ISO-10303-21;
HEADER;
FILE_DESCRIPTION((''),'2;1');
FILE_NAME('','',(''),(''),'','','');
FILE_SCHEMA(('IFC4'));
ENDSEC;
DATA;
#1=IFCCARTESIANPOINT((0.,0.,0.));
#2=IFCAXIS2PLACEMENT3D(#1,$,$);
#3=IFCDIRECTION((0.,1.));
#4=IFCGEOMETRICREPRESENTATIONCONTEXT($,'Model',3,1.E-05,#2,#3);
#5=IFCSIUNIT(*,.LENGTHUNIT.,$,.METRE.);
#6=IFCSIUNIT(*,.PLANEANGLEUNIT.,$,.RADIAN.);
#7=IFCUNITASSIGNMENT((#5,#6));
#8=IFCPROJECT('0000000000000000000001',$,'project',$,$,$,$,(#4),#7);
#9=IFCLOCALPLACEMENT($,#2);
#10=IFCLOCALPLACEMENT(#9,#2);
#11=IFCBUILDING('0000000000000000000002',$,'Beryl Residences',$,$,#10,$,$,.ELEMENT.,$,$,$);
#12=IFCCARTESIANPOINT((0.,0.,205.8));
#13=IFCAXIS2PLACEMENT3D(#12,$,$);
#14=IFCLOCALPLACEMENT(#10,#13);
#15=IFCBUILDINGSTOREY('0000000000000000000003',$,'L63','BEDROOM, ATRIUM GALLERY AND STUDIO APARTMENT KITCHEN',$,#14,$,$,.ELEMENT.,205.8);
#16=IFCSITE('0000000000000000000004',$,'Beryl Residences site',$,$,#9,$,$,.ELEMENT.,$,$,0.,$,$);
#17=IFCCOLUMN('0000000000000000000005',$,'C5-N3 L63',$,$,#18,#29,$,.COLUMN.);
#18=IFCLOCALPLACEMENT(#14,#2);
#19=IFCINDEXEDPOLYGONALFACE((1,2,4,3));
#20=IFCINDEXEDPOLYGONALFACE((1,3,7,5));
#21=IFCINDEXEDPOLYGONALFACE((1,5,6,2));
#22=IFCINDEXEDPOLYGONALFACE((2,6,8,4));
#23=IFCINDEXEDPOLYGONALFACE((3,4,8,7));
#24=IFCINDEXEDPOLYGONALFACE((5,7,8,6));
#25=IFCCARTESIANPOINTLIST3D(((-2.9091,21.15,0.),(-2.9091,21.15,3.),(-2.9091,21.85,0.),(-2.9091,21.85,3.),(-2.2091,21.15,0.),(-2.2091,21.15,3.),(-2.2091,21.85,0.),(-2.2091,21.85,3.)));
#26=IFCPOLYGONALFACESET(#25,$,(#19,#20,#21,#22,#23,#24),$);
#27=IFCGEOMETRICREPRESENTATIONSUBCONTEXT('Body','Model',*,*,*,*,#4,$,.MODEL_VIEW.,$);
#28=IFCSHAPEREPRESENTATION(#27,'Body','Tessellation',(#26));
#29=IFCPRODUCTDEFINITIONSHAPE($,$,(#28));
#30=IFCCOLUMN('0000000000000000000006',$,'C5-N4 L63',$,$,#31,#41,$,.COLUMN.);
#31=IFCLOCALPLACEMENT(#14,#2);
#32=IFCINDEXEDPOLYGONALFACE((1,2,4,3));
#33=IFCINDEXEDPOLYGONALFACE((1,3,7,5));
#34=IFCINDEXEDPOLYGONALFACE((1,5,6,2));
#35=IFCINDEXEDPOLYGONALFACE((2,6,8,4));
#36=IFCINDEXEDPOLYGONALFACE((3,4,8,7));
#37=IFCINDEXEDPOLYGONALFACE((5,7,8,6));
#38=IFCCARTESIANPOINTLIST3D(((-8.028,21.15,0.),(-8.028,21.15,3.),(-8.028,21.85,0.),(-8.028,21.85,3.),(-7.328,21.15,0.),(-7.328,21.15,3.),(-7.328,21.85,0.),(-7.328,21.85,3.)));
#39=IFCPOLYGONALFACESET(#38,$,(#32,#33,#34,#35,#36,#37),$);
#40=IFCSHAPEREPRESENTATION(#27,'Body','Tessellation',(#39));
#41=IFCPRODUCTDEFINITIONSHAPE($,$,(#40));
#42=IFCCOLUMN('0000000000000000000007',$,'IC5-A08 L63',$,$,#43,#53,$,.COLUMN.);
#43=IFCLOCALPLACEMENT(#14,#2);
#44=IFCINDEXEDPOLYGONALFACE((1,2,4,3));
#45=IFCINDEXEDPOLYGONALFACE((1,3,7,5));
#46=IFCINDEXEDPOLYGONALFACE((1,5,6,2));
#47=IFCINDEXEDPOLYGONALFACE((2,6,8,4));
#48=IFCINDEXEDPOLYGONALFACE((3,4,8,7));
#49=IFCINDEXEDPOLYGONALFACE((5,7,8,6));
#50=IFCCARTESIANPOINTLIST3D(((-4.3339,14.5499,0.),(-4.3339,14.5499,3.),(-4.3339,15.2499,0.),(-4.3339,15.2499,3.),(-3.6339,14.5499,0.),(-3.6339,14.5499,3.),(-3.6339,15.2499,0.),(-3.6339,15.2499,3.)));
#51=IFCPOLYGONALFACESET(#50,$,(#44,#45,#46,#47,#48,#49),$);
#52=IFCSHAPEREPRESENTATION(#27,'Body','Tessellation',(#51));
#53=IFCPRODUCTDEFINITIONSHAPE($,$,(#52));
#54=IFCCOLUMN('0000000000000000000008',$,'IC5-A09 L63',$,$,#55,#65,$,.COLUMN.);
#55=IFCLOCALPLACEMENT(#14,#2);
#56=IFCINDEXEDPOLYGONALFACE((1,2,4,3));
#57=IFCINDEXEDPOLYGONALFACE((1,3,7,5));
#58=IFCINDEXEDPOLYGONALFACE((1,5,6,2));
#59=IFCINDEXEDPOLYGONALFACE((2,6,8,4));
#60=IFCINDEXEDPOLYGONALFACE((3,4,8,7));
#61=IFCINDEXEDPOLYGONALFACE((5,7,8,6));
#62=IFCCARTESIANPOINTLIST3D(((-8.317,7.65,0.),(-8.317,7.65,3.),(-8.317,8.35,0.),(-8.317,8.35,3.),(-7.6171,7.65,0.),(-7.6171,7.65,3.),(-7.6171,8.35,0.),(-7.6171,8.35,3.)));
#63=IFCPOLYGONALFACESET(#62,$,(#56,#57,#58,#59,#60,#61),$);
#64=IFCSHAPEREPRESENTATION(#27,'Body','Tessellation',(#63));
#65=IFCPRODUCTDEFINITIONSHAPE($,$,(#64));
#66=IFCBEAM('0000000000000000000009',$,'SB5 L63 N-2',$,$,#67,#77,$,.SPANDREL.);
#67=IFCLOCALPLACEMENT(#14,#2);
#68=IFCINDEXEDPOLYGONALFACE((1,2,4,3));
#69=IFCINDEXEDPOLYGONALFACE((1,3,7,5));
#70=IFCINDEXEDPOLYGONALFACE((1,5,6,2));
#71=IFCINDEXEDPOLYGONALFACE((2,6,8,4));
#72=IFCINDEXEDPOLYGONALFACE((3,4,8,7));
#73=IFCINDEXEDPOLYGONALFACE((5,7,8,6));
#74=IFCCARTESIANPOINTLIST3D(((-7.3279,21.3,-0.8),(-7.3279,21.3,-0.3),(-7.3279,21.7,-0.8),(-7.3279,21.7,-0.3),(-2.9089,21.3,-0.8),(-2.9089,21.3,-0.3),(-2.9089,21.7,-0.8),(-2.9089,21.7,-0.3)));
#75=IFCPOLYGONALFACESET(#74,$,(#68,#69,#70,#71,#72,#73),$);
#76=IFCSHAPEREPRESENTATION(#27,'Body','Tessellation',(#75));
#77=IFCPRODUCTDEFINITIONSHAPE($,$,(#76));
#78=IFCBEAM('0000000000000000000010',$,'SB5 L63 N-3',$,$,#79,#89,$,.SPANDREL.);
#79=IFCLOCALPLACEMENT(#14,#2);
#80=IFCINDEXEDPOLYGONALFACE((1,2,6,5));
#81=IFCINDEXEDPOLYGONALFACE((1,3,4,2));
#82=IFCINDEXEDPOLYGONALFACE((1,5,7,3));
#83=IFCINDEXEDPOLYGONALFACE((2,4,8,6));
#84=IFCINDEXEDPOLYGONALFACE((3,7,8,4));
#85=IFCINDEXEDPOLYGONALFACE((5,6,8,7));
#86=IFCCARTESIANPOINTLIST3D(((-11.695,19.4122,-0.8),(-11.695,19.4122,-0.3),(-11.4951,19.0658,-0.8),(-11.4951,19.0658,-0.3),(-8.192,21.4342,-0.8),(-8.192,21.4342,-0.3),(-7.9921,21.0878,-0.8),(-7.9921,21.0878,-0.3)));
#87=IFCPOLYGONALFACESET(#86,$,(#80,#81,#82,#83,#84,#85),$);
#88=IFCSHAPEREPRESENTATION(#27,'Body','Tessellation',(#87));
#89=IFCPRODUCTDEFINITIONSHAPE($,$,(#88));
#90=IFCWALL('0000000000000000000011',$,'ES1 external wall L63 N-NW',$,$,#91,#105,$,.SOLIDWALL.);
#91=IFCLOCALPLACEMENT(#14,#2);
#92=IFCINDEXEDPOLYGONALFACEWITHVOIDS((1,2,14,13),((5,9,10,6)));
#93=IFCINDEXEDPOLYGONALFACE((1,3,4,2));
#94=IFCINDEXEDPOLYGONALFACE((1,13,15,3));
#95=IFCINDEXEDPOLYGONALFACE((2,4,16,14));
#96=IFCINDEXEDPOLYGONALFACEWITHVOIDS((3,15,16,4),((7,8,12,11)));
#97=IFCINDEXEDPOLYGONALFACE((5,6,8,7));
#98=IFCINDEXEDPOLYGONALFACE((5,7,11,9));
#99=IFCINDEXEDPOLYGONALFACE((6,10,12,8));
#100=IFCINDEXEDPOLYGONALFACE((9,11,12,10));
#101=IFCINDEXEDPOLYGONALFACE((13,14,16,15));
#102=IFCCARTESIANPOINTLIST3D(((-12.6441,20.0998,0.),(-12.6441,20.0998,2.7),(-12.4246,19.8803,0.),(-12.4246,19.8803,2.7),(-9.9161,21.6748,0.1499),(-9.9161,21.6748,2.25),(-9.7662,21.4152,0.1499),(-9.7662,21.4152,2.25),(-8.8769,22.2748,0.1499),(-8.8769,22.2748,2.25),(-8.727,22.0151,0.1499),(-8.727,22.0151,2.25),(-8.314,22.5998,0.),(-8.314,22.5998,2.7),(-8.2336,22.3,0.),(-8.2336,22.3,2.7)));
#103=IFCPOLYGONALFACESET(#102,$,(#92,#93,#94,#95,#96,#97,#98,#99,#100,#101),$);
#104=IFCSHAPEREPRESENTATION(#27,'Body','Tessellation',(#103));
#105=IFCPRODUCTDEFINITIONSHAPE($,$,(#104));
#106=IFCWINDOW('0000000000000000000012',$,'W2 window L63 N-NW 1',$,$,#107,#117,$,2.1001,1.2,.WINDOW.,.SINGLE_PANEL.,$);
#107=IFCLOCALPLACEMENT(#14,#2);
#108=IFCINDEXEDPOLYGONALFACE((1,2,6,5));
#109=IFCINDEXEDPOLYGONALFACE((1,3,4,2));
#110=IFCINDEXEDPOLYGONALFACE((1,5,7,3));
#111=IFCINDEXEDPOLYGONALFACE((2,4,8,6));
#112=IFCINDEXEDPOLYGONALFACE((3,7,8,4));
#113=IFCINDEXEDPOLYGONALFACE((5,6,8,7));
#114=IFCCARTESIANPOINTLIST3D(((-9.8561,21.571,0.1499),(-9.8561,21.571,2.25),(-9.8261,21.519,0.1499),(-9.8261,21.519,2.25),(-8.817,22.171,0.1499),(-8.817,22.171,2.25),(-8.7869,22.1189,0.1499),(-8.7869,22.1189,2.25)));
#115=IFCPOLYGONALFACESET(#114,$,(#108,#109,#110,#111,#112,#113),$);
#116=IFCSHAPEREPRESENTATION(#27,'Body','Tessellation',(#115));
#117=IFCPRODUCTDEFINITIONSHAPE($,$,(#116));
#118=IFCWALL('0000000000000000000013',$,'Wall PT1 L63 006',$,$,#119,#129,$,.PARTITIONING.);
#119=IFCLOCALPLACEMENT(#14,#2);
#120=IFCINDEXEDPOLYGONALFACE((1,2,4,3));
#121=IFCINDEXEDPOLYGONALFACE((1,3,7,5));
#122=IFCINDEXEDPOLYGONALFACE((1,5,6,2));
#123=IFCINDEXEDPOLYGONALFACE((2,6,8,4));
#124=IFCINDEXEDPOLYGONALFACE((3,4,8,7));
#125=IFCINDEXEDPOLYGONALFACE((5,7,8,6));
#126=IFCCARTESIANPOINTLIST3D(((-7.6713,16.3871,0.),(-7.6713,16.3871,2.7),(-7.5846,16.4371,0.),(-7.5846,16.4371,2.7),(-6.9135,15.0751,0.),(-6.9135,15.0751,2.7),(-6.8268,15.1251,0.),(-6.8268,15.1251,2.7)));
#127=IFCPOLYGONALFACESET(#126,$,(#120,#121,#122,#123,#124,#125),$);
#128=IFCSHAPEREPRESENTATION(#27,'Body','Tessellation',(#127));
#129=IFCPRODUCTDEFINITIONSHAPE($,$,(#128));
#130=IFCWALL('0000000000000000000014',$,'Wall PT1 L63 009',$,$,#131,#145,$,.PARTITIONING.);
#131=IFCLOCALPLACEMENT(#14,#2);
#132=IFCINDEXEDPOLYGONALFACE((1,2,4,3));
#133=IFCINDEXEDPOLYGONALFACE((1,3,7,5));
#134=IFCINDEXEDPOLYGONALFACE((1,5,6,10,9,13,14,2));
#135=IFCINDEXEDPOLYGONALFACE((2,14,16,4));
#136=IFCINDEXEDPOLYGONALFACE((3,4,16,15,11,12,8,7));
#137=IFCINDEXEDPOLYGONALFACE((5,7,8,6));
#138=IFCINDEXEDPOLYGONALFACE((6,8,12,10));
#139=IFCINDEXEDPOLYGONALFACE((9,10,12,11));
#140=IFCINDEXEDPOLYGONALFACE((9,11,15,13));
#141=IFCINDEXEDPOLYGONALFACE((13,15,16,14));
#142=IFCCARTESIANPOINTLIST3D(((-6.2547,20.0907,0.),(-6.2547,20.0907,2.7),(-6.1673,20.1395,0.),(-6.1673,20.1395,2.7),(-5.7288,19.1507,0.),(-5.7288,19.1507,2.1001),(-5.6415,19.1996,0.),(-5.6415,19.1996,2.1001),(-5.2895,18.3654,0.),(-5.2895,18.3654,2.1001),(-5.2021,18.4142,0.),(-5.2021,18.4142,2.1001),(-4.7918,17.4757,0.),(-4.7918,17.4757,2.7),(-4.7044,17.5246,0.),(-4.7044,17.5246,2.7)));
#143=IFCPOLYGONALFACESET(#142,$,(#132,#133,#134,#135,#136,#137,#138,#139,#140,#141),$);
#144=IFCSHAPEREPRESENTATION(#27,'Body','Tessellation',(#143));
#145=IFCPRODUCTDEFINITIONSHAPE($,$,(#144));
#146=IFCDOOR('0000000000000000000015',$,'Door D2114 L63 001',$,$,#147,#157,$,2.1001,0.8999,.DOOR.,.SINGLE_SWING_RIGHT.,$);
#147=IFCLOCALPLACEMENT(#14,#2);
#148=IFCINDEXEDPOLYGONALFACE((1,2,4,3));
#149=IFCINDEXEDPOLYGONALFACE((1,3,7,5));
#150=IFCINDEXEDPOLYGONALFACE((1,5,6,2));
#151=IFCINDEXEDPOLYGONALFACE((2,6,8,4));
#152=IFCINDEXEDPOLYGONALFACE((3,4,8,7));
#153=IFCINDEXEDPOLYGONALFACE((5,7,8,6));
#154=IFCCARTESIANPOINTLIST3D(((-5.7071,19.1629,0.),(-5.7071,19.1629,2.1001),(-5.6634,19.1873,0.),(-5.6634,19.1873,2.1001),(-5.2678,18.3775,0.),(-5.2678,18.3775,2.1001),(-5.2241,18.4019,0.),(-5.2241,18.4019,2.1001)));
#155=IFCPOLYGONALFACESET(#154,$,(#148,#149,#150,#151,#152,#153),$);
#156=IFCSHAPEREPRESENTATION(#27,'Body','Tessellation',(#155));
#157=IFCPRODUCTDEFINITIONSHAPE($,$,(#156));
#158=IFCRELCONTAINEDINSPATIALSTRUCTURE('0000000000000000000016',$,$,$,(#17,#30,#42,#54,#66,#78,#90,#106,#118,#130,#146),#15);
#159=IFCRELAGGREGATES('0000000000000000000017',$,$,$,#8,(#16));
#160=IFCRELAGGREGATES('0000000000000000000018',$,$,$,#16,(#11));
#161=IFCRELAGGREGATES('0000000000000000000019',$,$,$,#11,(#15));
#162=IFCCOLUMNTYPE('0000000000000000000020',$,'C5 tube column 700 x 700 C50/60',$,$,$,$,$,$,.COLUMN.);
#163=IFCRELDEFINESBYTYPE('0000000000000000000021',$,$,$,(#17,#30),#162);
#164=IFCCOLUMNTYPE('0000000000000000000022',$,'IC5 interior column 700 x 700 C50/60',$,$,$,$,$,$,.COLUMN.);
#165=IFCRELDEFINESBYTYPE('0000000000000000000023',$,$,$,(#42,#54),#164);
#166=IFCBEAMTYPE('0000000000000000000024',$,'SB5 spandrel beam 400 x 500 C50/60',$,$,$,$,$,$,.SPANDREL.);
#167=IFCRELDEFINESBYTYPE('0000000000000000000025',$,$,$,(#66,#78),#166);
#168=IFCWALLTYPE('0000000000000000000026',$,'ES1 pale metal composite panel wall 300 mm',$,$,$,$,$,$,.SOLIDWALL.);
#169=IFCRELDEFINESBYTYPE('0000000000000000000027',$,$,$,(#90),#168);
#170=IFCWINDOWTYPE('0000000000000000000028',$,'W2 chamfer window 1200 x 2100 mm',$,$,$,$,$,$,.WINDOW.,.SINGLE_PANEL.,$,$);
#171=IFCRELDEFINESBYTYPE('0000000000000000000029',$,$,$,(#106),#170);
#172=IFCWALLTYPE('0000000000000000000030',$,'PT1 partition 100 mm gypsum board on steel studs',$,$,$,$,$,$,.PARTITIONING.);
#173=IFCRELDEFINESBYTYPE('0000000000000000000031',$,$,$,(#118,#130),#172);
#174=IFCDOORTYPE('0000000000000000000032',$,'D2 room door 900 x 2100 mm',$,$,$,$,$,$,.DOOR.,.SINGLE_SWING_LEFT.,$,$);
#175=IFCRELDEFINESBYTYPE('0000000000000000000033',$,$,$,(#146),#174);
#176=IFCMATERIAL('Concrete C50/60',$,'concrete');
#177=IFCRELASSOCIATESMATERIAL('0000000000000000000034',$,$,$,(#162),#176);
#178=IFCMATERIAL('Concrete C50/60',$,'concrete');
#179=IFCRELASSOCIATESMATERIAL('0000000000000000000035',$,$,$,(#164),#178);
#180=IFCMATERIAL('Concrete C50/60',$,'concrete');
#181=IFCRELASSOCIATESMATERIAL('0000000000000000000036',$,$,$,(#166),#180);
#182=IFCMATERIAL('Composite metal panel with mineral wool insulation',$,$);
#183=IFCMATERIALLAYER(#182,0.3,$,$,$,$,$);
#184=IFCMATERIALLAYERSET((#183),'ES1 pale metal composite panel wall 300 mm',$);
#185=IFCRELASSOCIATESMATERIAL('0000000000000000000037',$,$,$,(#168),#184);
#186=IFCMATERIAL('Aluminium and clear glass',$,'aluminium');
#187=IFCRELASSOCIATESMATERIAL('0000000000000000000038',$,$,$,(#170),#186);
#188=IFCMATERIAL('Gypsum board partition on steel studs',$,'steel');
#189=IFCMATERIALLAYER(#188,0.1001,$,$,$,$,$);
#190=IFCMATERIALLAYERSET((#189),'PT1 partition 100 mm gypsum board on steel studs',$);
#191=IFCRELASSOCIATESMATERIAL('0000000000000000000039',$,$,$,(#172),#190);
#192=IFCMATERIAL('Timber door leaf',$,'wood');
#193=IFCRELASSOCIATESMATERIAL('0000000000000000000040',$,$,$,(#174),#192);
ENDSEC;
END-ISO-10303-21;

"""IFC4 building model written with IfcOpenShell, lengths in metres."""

from ifc_helpers import new_model, si_unit, direction, frame, frame_2d, origin, origin_2d, place, context, subcontext, project, spatial, polyline, rectangle, outline, extrude, material, layer, layer_set, material_profile, profile_set, type_object, element, fill, save


model = new_model("IFC4")

# Units and contexts
model_context = context("Model", 3, precision=1e-05, world=origin(), true_north=direction((0.0, 1.0)))
body_context = subcontext(model_context, "Body", "Model", "MODEL_VIEW")
ifc_project = project(units=[si_unit("LENGTHUNIT", "METRE"), si_unit("PLANEANGLEUNIT", "RADIAN")], contexts=[model_context])

# Site, building, storey
site_placement = place(None, origin())
site = spatial("IfcSite", under=ifc_project, at=site_placement, Name="Beryl Residences site", CompositionType="ELEMENT", RefElevation=0.0)
building_placement = place(site_placement, origin())
building = spatial("IfcBuilding", under=site, at=building_placement, Name="Beryl Residences", CompositionType="ELEMENT")
storey_placement = place(building_placement, frame((0.0, 0.0, 205.8)))
storey = spatial("IfcBuildingStorey", under=building, at=storey_placement, Name="L63", Description="BEDROOM, ATRIUM GALLERY AND STUDIO APARTMENT KITCHEN", CompositionType="ELEMENT", Elevation=205.8)

# Columns
ifc_material_1 = material(Name="Concrete C50/60", Category="concrete")
ifc_material_profile_1 = material_profile(ifc_material_1, rectangle(XDim=0.7, YDim=0.7, at=origin_2d()))
ifc_profile_set_1 = profile_set([ifc_material_profile_1], Name="Concrete C50/60")
column_type_1 = type_object("IfcColumnType", Name="C5 tube column 700 x 700 C50/60", PredefinedType="COLUMN", material=ifc_profile_set_1)
for number, where, z_axis, x_axis, name in (
    (1, (-2.5591, 21.5, 0.0), (0.0, 0.0, 1.0), (-1.0, 0.0, 0.0), "C5-N3 L63"),
    (2, (-7.678, 21.5, 0.0), (0.0, 0.0, 1.0), (-1.0, 0.0, 0.0), "C5-N4 L63"),
):
    element("IfcColumn", number, at=place(storey_placement, frame(where, z_axis=z_axis, x_axis=x_axis)), inside=storey, type_object=column_type_1, Name=name, PredefinedType="COLUMN", context=body_context, shape_type="SweptSolid", body=[
        extrude(rectangle(XDim=0.7, YDim=0.7, at=origin_2d()), origin(), (0.0, 0.0, 1.0), 3.0),
    ])
ifc_material_2 = material(Name="Concrete C50/60", Category="concrete")
ifc_material_profile_2 = material_profile(ifc_material_2, rectangle(XDim=0.7, YDim=0.7, at=origin_2d()))
ifc_profile_set_2 = profile_set([ifc_material_profile_2], Name="Concrete C50/60")
column_type_2 = type_object("IfcColumnType", Name="IC5 interior column 700 x 700 C50/60", PredefinedType="COLUMN", material=ifc_profile_set_2)
for number, where, z_axis, x_axis, name in (
    (3, (-3.9839, 14.8999, 0.0), (0.0, 0.0, 1.0), (1.0, 0.0, 0.0), "IC5-A08 L63"),
    (4, (-7.967, 8.0, 0.0), (0.0, 0.0, 1.0), (1.0, 0.0, 0.0), "IC5-A09 L63"),
):
    element("IfcColumn", number, at=place(storey_placement, frame(where, z_axis=z_axis, x_axis=x_axis)), inside=storey, type_object=column_type_2, Name=name, PredefinedType="COLUMN", context=body_context, shape_type="SweptSolid", body=[
        extrude(rectangle(XDim=0.7, YDim=0.7, at=origin_2d()), origin(), (0.0, 0.0, 1.0), 3.0),
    ])

# Beams
ifc_material_3 = material(Name="Concrete C50/60", Category="concrete")
ifc_material_profile_3 = material_profile(ifc_material_3, rectangle(XDim=0.3999, YDim=0.5, at=origin_2d()))
ifc_profile_set_3 = profile_set([ifc_material_profile_3], Name="Concrete C50/60")
beam_type = type_object("IfcBeamType", Name="SB5 spandrel beam 400 x 500 C50/60", PredefinedType="SPANDREL", material=ifc_profile_set_3)
beam_1_placement = place(storey_placement, frame((-2.9089, 21.5, -0.55), z_axis=(-1.0, 0.0, 0.0), x_axis=(0.0, -1.0, 0.0)))
element("IfcBeam", 5, at=beam_1_placement, inside=storey, type_object=beam_type, Name="SB5 L63 N-2", PredefinedType="SPANDREL", context=body_context, shape_type="SweptSolid", body=[
    extrude(rectangle(XDim=0.3999, YDim=0.5, at=origin_2d()), origin(), (0.0, 0.0, 1.0), 4.4189),
])
beam_2_placement = place(storey_placement, frame((-8.092, 21.261, -0.55), z_axis=(-0.866073, -0.499918, 0.0), x_axis=(0.499918, -0.866073, 0.0)))
element("IfcBeam", 6, at=beam_2_placement, inside=storey, type_object=beam_type, Name="SB5 L63 N-3", PredefinedType="SPANDREL", context=body_context, shape_type="SweptSolid", body=[
    extrude(rectangle(XDim=0.3999, YDim=0.5, at=origin_2d()), origin(), (0.0, 0.0, 1.0), 4.0447),
])

# Wall, opening, window
ifc_material_4 = material(Name="Composite metal panel with mineral wool insulation")
ifc_layer_1 = layer(ifc_material_4, 0.3)
ifc_layer_set_1 = layer_set([ifc_layer_1], Name="ES1 pale metal composite panel wall 300 mm")
wall_type_1 = type_object("IfcWallType", Name="ES1 pale metal composite panel wall 300 mm", PredefinedType="SOLIDWALL", material=ifc_layer_set_1)
wall_1_placement = place(storey_placement, frame((-8.239, 22.47, 0.0), z_axis=(0.0, 0.0, 1.0), x_axis=(-0.866023, -0.500004, 0.0)))
wall_1 = element("IfcWall", 7, at=wall_1_placement, inside=storey, type_object=wall_type_1, Name="ES1 external wall L63 N-NW", PredefinedType="SOLIDWALL", context=body_context, shape_type="SweptSolid", body=[
    extrude(outline(polyline([(0.0, -0.1499), (5.0, -0.1499), (4.9197, 0.1499), (0.0803, 0.1499), (0.0, -0.1499)])), origin(), (0.0, 0.0, 1.0), 2.7),
])
opening_1_placement = place(wall_1_placement, frame((0.6499, 0.0, 0.1499)))
opening_1 = element("IfcOpeningElement", 8, at=opening_1_placement, cuts=wall_1, PredefinedType="OPENING", context=body_context, shape_type="SweptSolid", body=[
    extrude(rectangle(XDim=1.2, YDim=2.1001, at=frame_2d((0.6001, 1.05))), frame((0.0, 0.1599, 0.0), z_axis=(0.0, -1.0, 0.0), x_axis=(1.0, 0.0, 0.0)), (0.0, 0.0, 1.0), 0.3201),
])
ifc_material_5 = material(Name="Aluminium and clear glass", Category="aluminium")
window_type = type_object("IfcWindowType", Name="W2 chamfer window 1200 x 2100 mm", PartitioningType="SINGLE_PANEL", PredefinedType="WINDOW", material=ifc_material_5)
window_placement = place(opening_1_placement, origin())
window = element("IfcWindow", 9, at=window_placement, inside=storey, type_object=window_type, Name="W2 window L63 N-NW 1", OverallHeight=2.1001, OverallWidth=1.2, PartitioningType="SINGLE_PANEL", PredefinedType="WINDOW", context=body_context, shape_type="SweptSolid", body=[
    extrude(rectangle(XDim=1.2, YDim=2.1001, at=frame_2d((0.6001, 1.05))), frame((0.0, 0.03, 0.0), z_axis=(0.0, -1.0, 0.0), x_axis=(1.0, 0.0, 0.0)), (0.0, 0.0, 1.0), 0.0601),
])
fill(opening_1, window)

# Wall
ifc_material_6 = material(Name="Gypsum board partition on steel studs", Category="steel")
ifc_layer_2 = layer(ifc_material_6, 0.1001)
ifc_layer_set_2 = layer_set([ifc_layer_2], Name="PT1 partition 100 mm gypsum board on steel studs")
wall_type_2 = type_object("IfcWallType", Name="PT1 partition 100 mm gypsum board on steel studs", PredefinedType="PARTITIONING", material=ifc_layer_set_2)
wall_2_placement = place(storey_placement, frame((-7.6279, 16.4121, 0.0), z_axis=(0.0, 0.0, 1.0), x_axis=(0.500159, -0.865933, 0.0)))
element("IfcWall", 10, at=wall_2_placement, inside=storey, type_object=wall_type_2, Name="Wall PT1 L63 006", PredefinedType="PARTITIONING", context=body_context, shape_type="SweptSolid", body=[
    extrude(rectangle(XDim=1.5151, YDim=0.1001, at=frame_2d((0.7576, 0.0))), origin(), (0.0, 0.0, 1.0), 2.7),
])

# Wall, opening, door
wall_3_placement = place(storey_placement, frame((-6.2109, 20.115, 0.0), z_axis=(0.0, 0.0, 1.0), x_axis=(0.488221, -0.87272, 0.0)))
wall_3 = element("IfcWall", 11, at=wall_3_placement, inside=storey, type_object=wall_type_2, Name="Wall PT1 L63 009", PredefinedType="PARTITIONING", context=body_context, shape_type="SweptSolid", body=[
    extrude(rectangle(XDim=2.9963, YDim=0.1001, at=frame_2d((1.498, 0.0))), origin(), (0.0, 0.0, 1.0), 2.7),
])
opening_2_placement = place(wall_3_placement, frame((1.0769, 0.0, 0.0)))
opening_2 = element("IfcOpeningElement", 12, at=opening_2_placement, cuts=wall_3, PredefinedType="OPENING", context=body_context, shape_type="SweptSolid", body=[
    extrude(rectangle(XDim=0.8999, YDim=2.1001, at=frame_2d((0.45, 1.05))), frame((0.0, 0.0601, 0.0), z_axis=(0.0, -1.0, 0.0), x_axis=(1.0, 0.0, 0.0)), (0.0, 0.0, 1.0), 0.1201),
])
ifc_material_7 = material(Name="Timber door leaf", Category="wood")
door_type_1 = type_object("IfcDoorType", Name="D2 room door 900 x 2100 mm", OperationType="SINGLE_SWING_LEFT", PredefinedType="DOOR", material=ifc_material_7)
door_1_placement = place(opening_2_placement, origin())
door_1 = element("IfcDoor", 13, at=door_1_placement, inside=storey, type_object=door_type_1, Name="Door D2114 L63 001", OperationType="SINGLE_SWING_RIGHT", OverallHeight=2.1001, OverallWidth=0.8999, PredefinedType="DOOR", context=body_context, shape_type="SweptSolid", body=[
    extrude(rectangle(XDim=0.8999, YDim=2.1001, at=frame_2d((0.45, 1.05))), frame((0.0, 0.0249, 0.0), z_axis=(0.0, -1.0, 0.0), x_axis=(1.0, 0.0, 0.0)), (0.0, 0.0, 1.0), 0.05),
])
fill(opening_2, door_1)

save(model, "model.ifc")
